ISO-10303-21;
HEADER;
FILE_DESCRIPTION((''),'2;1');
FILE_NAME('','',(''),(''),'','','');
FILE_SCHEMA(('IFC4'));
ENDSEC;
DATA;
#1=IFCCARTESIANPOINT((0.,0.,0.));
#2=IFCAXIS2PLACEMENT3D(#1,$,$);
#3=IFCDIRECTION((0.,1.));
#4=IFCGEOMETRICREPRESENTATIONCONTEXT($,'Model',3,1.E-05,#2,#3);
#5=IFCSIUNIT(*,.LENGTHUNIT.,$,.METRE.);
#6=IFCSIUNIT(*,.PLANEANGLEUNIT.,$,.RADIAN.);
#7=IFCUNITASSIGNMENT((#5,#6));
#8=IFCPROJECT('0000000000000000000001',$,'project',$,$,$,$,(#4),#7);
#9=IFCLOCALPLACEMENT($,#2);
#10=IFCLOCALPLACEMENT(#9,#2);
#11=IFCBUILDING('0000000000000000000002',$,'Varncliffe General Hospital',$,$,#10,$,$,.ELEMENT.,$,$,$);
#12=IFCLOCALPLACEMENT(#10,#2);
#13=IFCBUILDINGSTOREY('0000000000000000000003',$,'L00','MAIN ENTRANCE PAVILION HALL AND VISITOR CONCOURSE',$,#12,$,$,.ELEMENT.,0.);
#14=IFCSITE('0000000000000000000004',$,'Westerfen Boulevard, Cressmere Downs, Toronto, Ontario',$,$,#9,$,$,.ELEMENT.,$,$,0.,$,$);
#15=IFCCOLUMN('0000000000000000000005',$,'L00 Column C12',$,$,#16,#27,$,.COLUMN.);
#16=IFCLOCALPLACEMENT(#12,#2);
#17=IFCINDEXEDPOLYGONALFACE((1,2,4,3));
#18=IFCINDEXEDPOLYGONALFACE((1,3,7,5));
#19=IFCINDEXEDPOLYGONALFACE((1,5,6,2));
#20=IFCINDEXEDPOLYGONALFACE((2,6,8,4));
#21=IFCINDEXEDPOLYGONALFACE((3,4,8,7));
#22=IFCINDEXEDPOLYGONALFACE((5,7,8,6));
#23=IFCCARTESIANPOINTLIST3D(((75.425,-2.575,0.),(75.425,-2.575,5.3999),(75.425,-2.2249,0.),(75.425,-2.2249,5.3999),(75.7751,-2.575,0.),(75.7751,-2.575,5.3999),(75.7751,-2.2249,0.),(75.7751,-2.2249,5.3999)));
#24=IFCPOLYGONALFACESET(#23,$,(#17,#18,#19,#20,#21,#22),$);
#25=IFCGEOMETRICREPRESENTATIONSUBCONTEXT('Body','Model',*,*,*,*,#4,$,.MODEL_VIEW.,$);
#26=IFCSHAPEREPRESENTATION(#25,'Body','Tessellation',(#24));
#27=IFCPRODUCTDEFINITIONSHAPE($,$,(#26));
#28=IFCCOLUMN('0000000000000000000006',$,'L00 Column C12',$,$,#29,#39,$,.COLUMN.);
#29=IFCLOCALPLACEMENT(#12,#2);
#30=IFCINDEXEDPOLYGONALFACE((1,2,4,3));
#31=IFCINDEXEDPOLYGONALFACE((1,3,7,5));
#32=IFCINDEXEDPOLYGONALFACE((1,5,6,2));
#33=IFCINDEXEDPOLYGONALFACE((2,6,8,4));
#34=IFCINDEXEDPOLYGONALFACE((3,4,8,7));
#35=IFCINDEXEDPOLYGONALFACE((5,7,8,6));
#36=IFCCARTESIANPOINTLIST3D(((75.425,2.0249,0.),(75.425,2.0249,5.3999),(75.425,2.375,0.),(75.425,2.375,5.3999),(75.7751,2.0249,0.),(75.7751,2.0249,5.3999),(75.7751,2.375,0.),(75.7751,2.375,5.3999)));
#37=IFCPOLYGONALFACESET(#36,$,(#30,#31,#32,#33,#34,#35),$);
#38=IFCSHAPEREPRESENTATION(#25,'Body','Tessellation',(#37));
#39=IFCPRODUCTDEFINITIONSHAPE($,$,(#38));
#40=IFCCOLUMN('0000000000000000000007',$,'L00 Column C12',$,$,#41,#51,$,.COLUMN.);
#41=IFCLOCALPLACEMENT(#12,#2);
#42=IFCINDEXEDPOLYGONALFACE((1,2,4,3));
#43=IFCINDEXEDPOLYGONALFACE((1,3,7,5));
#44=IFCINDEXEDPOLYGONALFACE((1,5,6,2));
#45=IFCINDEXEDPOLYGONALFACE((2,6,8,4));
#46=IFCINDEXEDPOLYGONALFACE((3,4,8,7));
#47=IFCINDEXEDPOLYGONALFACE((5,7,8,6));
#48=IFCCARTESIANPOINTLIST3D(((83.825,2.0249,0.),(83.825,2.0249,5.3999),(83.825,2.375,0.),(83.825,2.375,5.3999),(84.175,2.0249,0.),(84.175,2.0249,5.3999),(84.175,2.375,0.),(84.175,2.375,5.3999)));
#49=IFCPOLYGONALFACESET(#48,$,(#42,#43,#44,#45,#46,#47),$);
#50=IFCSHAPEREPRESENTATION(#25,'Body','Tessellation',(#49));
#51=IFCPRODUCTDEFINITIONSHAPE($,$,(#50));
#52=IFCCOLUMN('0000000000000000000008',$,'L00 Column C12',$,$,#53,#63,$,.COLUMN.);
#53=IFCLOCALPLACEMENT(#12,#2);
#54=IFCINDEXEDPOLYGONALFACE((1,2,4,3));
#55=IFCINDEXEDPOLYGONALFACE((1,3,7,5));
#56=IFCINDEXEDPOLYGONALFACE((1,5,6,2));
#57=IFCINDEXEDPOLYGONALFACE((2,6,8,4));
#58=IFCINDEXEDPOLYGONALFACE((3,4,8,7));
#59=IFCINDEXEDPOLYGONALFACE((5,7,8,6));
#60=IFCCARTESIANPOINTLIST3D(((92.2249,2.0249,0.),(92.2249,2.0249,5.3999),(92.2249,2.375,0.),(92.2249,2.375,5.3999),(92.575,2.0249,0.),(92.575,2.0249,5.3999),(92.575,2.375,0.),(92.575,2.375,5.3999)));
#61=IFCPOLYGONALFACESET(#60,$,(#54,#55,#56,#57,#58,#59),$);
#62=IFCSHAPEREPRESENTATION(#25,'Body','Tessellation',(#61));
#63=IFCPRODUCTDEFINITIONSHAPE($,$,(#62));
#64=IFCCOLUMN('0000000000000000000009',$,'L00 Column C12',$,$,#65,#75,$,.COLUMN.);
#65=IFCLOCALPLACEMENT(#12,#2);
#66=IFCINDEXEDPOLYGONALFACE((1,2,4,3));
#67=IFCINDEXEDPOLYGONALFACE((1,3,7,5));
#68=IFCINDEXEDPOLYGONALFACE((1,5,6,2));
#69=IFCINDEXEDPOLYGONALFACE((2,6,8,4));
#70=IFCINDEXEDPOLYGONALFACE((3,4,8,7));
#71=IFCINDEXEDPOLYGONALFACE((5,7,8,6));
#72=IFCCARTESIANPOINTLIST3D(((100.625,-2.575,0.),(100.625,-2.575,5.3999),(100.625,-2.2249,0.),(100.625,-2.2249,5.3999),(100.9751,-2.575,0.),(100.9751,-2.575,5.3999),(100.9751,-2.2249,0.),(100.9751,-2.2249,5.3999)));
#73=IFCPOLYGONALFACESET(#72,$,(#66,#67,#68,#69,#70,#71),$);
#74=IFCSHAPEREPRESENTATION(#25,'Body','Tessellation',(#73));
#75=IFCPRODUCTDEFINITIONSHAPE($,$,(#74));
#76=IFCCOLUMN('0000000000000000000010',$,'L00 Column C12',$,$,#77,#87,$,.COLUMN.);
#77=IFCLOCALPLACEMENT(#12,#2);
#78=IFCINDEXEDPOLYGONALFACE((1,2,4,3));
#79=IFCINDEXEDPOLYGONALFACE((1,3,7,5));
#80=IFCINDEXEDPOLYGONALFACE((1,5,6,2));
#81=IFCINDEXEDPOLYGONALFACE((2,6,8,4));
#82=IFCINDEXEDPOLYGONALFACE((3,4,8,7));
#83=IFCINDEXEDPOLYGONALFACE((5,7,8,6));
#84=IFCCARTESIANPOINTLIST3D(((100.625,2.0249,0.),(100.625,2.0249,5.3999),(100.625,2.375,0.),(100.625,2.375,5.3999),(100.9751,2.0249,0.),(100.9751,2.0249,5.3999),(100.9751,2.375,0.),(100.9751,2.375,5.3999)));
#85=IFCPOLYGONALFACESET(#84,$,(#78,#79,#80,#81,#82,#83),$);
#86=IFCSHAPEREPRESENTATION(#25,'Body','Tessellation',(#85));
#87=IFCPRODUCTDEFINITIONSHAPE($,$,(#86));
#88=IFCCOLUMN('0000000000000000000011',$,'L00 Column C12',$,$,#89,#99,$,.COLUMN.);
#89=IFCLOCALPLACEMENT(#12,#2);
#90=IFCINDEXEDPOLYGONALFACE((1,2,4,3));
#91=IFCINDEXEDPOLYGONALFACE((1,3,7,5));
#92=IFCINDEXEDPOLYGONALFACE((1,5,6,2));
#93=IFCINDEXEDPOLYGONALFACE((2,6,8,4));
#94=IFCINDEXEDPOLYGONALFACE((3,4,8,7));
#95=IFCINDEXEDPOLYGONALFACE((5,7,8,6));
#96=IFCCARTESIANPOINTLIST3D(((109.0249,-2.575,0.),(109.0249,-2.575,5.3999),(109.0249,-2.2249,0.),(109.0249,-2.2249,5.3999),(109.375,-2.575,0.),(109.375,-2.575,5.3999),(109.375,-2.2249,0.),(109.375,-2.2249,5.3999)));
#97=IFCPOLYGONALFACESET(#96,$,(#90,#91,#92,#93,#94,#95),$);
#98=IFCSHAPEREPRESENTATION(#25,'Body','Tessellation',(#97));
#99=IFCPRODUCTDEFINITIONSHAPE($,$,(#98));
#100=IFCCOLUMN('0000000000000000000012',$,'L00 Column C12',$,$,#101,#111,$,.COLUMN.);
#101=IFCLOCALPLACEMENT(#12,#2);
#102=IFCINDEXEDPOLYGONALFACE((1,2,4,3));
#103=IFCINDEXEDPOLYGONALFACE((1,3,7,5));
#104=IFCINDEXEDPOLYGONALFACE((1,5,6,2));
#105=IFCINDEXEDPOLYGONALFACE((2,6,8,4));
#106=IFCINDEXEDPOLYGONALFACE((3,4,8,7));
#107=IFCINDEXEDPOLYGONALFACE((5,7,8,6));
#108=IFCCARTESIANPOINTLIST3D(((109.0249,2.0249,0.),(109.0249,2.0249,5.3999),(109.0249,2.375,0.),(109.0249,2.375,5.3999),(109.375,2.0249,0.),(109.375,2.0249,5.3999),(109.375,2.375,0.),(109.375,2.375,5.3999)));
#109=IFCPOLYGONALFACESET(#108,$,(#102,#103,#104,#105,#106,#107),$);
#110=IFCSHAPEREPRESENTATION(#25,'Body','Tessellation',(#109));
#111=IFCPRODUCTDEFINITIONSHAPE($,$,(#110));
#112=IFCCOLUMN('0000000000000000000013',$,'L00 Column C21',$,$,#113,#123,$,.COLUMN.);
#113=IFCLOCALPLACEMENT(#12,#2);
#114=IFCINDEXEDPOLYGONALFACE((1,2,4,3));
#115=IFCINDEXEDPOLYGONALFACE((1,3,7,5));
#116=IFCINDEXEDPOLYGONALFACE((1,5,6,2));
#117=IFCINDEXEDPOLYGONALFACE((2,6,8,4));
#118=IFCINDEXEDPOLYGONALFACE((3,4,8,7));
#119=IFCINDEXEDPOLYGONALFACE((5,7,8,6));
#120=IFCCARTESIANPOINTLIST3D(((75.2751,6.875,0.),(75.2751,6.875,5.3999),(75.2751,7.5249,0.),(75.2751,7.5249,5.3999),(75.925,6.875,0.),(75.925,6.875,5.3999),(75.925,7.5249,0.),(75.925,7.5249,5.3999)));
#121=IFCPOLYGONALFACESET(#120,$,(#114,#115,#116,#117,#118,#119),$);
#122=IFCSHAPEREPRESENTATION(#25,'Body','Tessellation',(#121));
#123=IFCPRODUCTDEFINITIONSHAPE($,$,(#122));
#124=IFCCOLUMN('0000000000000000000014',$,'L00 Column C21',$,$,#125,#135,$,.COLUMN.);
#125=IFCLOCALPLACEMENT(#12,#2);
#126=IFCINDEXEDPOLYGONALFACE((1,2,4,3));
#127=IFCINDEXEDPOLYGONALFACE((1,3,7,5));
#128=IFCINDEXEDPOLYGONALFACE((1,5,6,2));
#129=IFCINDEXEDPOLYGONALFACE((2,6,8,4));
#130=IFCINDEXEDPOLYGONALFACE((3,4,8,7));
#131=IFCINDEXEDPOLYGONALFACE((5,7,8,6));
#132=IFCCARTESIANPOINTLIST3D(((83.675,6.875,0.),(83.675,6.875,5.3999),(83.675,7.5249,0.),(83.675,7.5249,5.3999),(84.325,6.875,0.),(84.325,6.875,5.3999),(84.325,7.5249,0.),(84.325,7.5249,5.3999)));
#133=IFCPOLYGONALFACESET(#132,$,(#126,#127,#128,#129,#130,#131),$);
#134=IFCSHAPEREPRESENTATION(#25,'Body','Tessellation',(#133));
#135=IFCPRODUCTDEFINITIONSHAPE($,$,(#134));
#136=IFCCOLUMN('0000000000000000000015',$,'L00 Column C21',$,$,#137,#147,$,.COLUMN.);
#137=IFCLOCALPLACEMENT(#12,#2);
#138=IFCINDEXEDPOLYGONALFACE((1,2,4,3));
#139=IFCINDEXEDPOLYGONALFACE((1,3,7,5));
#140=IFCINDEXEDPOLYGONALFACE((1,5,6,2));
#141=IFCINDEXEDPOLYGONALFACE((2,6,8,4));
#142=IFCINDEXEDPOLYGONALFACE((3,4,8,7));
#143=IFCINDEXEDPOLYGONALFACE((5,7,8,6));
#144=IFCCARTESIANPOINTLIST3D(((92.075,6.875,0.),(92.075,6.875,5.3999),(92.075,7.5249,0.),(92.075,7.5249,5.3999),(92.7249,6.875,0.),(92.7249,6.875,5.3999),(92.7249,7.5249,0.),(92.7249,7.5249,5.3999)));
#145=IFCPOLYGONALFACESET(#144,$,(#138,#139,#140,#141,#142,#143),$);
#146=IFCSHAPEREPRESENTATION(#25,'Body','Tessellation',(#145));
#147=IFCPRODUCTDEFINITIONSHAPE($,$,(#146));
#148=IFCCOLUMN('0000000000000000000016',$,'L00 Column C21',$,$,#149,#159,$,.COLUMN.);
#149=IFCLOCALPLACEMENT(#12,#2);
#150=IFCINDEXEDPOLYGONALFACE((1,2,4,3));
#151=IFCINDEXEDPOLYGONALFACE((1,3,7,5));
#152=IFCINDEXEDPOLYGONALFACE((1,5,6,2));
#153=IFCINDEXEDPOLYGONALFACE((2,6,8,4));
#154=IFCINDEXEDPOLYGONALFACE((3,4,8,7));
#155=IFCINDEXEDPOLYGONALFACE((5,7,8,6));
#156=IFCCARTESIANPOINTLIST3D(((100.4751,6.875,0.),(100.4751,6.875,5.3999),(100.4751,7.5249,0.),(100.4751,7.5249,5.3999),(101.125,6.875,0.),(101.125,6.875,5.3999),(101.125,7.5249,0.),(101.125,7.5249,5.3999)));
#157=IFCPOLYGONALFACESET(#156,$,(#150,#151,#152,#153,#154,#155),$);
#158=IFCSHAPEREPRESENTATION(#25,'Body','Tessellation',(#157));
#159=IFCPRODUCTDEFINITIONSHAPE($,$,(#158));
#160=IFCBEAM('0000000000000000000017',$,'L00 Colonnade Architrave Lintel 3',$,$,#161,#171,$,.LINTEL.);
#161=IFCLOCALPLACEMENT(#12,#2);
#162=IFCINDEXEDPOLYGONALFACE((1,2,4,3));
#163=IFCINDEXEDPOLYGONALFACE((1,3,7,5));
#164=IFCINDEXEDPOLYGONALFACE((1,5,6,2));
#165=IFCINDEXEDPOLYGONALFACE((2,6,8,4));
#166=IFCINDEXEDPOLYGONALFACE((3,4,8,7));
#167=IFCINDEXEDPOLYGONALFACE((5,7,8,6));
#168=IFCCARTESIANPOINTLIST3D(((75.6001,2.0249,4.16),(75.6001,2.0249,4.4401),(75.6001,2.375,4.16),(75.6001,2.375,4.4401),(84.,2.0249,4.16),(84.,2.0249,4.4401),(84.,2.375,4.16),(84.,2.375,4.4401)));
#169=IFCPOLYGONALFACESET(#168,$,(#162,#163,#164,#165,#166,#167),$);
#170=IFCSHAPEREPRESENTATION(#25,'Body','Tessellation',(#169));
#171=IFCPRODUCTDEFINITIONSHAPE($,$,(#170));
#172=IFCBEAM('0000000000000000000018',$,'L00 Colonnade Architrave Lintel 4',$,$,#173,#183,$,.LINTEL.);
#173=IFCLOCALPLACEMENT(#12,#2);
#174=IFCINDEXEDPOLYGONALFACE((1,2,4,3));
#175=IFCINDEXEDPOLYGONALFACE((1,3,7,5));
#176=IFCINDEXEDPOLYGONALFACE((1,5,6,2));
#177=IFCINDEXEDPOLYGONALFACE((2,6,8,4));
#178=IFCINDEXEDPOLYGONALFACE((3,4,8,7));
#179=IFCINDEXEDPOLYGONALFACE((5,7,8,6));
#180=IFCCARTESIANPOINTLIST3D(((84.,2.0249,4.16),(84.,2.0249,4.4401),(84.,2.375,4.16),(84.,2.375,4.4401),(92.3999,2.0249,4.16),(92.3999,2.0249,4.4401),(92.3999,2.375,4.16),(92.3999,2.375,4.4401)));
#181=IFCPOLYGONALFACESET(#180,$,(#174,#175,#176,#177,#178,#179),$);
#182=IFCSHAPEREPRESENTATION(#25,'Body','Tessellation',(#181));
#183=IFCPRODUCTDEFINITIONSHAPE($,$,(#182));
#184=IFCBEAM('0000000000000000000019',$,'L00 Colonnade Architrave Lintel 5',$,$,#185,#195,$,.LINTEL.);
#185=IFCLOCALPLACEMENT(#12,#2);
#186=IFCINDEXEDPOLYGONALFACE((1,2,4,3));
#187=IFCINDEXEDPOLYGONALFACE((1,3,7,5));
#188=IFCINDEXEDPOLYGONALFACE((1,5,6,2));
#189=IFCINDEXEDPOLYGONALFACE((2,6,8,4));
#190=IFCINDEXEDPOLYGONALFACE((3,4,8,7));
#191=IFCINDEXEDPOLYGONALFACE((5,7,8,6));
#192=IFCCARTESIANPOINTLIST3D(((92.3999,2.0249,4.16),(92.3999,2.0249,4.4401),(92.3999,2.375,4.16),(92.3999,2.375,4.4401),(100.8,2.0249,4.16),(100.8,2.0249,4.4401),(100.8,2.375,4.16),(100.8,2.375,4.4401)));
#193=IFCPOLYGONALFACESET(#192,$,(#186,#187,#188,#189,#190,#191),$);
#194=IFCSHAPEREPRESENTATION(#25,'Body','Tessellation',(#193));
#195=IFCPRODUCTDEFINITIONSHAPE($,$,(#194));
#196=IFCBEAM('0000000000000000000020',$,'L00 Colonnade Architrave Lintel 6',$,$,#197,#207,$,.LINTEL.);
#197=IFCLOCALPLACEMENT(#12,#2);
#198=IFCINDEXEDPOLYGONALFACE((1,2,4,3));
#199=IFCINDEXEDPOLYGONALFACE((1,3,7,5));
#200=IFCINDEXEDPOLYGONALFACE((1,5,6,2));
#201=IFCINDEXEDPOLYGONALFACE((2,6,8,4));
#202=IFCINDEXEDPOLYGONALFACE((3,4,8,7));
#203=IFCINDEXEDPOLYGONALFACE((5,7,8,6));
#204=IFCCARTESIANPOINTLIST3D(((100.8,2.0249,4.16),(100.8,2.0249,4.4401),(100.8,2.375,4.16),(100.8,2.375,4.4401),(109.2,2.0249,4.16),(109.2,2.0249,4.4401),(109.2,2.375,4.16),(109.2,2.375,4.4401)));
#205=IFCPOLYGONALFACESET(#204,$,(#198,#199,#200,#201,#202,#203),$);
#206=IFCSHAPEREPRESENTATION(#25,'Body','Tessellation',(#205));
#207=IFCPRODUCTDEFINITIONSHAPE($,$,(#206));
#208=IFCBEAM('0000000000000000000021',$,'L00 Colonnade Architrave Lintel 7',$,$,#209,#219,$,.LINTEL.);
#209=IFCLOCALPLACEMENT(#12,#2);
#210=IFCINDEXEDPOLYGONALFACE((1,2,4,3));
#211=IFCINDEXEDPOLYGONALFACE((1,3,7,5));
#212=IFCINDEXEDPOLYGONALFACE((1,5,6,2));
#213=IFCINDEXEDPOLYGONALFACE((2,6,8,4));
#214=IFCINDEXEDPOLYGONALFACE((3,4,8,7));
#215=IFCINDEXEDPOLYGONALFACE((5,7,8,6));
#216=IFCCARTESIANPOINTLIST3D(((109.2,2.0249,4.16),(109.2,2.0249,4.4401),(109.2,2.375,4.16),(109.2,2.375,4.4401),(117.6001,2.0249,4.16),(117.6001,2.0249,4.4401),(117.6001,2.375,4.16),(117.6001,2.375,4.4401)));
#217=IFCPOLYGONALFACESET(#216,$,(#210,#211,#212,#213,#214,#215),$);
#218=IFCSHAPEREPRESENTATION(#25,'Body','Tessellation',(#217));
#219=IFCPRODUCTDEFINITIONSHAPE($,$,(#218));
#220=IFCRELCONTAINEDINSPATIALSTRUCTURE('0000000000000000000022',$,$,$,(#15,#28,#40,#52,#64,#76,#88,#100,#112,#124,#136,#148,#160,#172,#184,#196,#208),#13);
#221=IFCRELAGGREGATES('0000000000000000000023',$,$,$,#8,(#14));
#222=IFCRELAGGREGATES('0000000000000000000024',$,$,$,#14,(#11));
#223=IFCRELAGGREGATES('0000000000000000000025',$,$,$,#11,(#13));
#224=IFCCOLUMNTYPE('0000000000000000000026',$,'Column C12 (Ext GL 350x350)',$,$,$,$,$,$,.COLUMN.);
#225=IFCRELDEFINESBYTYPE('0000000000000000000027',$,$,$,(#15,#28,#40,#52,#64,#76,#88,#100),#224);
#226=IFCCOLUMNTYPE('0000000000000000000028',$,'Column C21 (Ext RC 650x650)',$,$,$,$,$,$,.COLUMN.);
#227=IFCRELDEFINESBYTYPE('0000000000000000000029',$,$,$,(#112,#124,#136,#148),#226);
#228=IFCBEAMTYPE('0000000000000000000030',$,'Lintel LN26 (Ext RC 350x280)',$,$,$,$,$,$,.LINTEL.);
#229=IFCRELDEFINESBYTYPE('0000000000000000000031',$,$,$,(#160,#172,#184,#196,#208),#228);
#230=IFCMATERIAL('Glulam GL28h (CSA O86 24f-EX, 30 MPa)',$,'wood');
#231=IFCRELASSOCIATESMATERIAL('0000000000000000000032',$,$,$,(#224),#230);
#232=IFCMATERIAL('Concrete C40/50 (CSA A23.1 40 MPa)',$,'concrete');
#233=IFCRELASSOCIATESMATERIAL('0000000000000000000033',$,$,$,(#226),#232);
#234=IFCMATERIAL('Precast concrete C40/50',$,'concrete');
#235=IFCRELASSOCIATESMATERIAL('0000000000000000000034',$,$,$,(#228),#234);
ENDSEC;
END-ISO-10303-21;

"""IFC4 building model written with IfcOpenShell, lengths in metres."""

from ifc_helpers import new_model, si_unit, direction, frame, origin, origin_2d, place, context, subcontext, project, spatial, rectangle, extrude, material, material_profile, profile_set, type_object, element, save


model = new_model("IFC4")

# Units and contexts
model_context = context("Model", 3, precision=1e-05, world=origin(), true_north=direction((0.0, 1.0)))
body_context = subcontext(model_context, "Body", "Model", "MODEL_VIEW")
ifc_project = project(units=[si_unit("LENGTHUNIT", "METRE"), si_unit("PLANEANGLEUNIT", "RADIAN")], contexts=[model_context])

# Site, building, storey
site_placement = place(None, origin())
site = spatial("IfcSite", under=ifc_project, at=site_placement, Name="Westerfen Boulevard, Cressmere Downs, Toronto, Ontario", CompositionType="ELEMENT", RefElevation=0.0)
building_placement = place(site_placement, origin())
building = spatial("IfcBuilding", under=site, at=building_placement, Name="Varncliffe General Hospital", CompositionType="ELEMENT")
storey_placement = place(building_placement, origin())
storey = spatial("IfcBuildingStorey", under=building, at=storey_placement, Name="L00", Description="MAIN ENTRANCE PAVILION HALL AND VISITOR CONCOURSE", CompositionType="ELEMENT", Elevation=0.0)

# Columns
ifc_material_1 = material(Name="Glulam GL28h (CSA O86 24f-EX, 30 MPa)", Category="wood")
ifc_material_profile_1 = material_profile(ifc_material_1, rectangle(XDim=0.3501, YDim=0.3501, at=origin_2d()), Name="GL 350x350")
ifc_profile_set_1 = profile_set([ifc_material_profile_1], Name="Glulam GL28h (CSA O86 24f-EX, 30 MPa)")
column_type_1 = type_object("IfcColumnType", Name="Column C12 (Ext GL 350x350)", PredefinedType="COLUMN", material=ifc_profile_set_1)
for number, where, z_axis, x_axis, name in (
    (1, (75.6001, -2.3999, 0.0), (0.0, 0.0, 1.0), (1.0, 0.0, 0.0), "L00 Column C12"),
    (2, (75.6001, 2.2, 0.0), (0.0, 0.0, 1.0), (1.0, 0.0, 0.0), "L00 Column C12"),
    (3, (84.0, 2.2, 0.0), (0.0, 0.0, 1.0), (1.0, 0.0, 0.0), "L00 Column C12"),
    (4, (92.3999, 2.2, 0.0), (0.0, 0.0, 1.0), (1.0, 0.0, 0.0), "L00 Column C12"),
    (5, (100.8, -2.3999, 0.0), (0.0, 0.0, 1.0), (1.0, 0.0, 0.0), "L00 Column C12"),
    (6, (100.8, 2.2, 0.0), (0.0, 0.0, 1.0), (1.0, 0.0, 0.0), "L00 Column C12"),
    (7, (109.2, -2.3999, 0.0), (0.0, 0.0, 1.0), (1.0, 0.0, 0.0), "L00 Column C12"),
    (8, (109.2, 2.2, 0.0), (0.0, 0.0, 1.0), (1.0, 0.0, 0.0), "L00 Column C12"),
):
    element("IfcColumn", number, at=place(storey_placement, frame(where, z_axis=z_axis, x_axis=x_axis)), inside=storey, type_object=column_type_1, Name=name, PredefinedType="COLUMN", context=body_context, shape_type="SweptSolid", body=[
        extrude(rectangle(XDim=0.3501, YDim=0.3501, at=origin_2d()), origin(), (0.0, 0.0, 1.0), 5.3999),
    ])
ifc_material_2 = material(Name="Concrete C40/50 (CSA A23.1 40 MPa)", Category="concrete")
ifc_material_profile_2 = material_profile(ifc_material_2, rectangle(XDim=0.6499, YDim=0.6499, at=origin_2d()), Name="RC 650x650")
ifc_profile_set_2 = profile_set([ifc_material_profile_2], Name="Concrete C40/50 (CSA A23.1 40 MPa)")
column_type_2 = type_object("IfcColumnType", Name="Column C21 (Ext RC 650x650)", PredefinedType="COLUMN", material=ifc_profile_set_2)
for number, where, z_axis, x_axis, name in (
    (9, (75.6001, 7.2, 0.0), (0.0, 0.0, 1.0), (1.0, 0.0, 0.0), "L00 Column C21"),
    (10, (84.0, 7.2, 0.0), (0.0, 0.0, 1.0), (1.0, 0.0, 0.0), "L00 Column C21"),
    (11, (92.3999, 7.2, 0.0), (0.0, 0.0, 1.0), (1.0, 0.0, 0.0), "L00 Column C21"),
    (12, (100.8, 7.2, 0.0), (0.0, 0.0, 1.0), (1.0, 0.0, 0.0), "L00 Column C21"),
):
    element("IfcColumn", number, at=place(storey_placement, frame(where, z_axis=z_axis, x_axis=x_axis)), inside=storey, type_object=column_type_2, Name=name, PredefinedType="COLUMN", context=body_context, shape_type="SweptSolid", body=[
        extrude(rectangle(XDim=0.6499, YDim=0.6499, at=origin_2d()), origin(), (0.0, 0.0, 1.0), 5.3999),
    ])

# Beams
ifc_material_3 = material(Name="Precast concrete C40/50", Category="concrete")
ifc_material_profile_3 = material_profile(ifc_material_3, rectangle(XDim=0.3501, YDim=0.28, at=origin_2d()), Name="RC 350x280")
ifc_profile_set_3 = profile_set([ifc_material_profile_3], Name="Precast concrete C40/50")
beam_type_1 = type_object("IfcBeamType", Name="Lintel LN26 (Ext RC 350x280)", PredefinedType="LINTEL", material=ifc_profile_set_3)
for number, where, z_axis, x_axis, name in (
    (13, (75.6001, 2.2, 4.3), (1.0, 0.0, 0.0), (0.0, 1.0, 0.0), "L00 Colonnade Architrave Lintel 3"),
    (14, (84.0, 2.2, 4.3), (1.0, 0.0, 0.0), (0.0, 1.0, 0.0), "L00 Colonnade Architrave Lintel 4"),
):
    element("IfcBeam", number, at=place(storey_placement, frame(where, z_axis=z_axis, x_axis=x_axis)), inside=storey, type_object=beam_type_1, Name=name, PredefinedType="LINTEL", context=body_context, shape_type="SweptSolid", body=[
        extrude(rectangle(XDim=0.3501, YDim=0.28, at=origin_2d()), origin(), (0.0, 0.0, 1.0), 8.3999),
    ])
beam_1_placement = place(storey_placement, frame((92.3999, 2.2, 4.3), z_axis=(1.0, 0.0, 0.0), x_axis=(0.0, 1.0, 0.0)))
element("IfcBeam", 15, at=beam_1_placement, inside=storey, type_object=beam_type_1, Name="L00 Colonnade Architrave Lintel 5", PredefinedType="LINTEL", context=body_context, shape_type="SweptSolid", body=[
    extrude(rectangle(XDim=0.3501, YDim=0.28, at=origin_2d()), origin(), (0.0, 0.0, 1.0), 8.4001),
])
beam_2_placement = place(storey_placement, frame((100.8, 2.2, 4.3), z_axis=(1.0, 0.0, 0.0), x_axis=(0.0, 1.0, 0.0)))
element("IfcBeam", 16, at=beam_2_placement, inside=storey, type_object=beam_type_1, Name="L00 Colonnade Architrave Lintel 6", PredefinedType="LINTEL", context=body_context, shape_type="SweptSolid", body=[
    extrude(rectangle(XDim=0.3501, YDim=0.28, at=origin_2d()), origin(), (0.0, 0.0, 1.0), 8.3999),
])
beam_3_placement = place(storey_placement, frame((109.2, 2.2, 4.3), z_axis=(1.0, 0.0, 0.0), x_axis=(0.0, 1.0, 0.0)))
element("IfcBeam", 17, at=beam_3_placement, inside=storey, type_object=beam_type_1, Name="L00 Colonnade Architrave Lintel 7", PredefinedType="LINTEL", context=body_context, shape_type="SweptSolid", body=[
    extrude(rectangle(XDim=0.3501, YDim=0.28, at=origin_2d()), origin(), (0.0, 0.0, 1.0), 8.4001),
])

save(model, "model.ifc")
